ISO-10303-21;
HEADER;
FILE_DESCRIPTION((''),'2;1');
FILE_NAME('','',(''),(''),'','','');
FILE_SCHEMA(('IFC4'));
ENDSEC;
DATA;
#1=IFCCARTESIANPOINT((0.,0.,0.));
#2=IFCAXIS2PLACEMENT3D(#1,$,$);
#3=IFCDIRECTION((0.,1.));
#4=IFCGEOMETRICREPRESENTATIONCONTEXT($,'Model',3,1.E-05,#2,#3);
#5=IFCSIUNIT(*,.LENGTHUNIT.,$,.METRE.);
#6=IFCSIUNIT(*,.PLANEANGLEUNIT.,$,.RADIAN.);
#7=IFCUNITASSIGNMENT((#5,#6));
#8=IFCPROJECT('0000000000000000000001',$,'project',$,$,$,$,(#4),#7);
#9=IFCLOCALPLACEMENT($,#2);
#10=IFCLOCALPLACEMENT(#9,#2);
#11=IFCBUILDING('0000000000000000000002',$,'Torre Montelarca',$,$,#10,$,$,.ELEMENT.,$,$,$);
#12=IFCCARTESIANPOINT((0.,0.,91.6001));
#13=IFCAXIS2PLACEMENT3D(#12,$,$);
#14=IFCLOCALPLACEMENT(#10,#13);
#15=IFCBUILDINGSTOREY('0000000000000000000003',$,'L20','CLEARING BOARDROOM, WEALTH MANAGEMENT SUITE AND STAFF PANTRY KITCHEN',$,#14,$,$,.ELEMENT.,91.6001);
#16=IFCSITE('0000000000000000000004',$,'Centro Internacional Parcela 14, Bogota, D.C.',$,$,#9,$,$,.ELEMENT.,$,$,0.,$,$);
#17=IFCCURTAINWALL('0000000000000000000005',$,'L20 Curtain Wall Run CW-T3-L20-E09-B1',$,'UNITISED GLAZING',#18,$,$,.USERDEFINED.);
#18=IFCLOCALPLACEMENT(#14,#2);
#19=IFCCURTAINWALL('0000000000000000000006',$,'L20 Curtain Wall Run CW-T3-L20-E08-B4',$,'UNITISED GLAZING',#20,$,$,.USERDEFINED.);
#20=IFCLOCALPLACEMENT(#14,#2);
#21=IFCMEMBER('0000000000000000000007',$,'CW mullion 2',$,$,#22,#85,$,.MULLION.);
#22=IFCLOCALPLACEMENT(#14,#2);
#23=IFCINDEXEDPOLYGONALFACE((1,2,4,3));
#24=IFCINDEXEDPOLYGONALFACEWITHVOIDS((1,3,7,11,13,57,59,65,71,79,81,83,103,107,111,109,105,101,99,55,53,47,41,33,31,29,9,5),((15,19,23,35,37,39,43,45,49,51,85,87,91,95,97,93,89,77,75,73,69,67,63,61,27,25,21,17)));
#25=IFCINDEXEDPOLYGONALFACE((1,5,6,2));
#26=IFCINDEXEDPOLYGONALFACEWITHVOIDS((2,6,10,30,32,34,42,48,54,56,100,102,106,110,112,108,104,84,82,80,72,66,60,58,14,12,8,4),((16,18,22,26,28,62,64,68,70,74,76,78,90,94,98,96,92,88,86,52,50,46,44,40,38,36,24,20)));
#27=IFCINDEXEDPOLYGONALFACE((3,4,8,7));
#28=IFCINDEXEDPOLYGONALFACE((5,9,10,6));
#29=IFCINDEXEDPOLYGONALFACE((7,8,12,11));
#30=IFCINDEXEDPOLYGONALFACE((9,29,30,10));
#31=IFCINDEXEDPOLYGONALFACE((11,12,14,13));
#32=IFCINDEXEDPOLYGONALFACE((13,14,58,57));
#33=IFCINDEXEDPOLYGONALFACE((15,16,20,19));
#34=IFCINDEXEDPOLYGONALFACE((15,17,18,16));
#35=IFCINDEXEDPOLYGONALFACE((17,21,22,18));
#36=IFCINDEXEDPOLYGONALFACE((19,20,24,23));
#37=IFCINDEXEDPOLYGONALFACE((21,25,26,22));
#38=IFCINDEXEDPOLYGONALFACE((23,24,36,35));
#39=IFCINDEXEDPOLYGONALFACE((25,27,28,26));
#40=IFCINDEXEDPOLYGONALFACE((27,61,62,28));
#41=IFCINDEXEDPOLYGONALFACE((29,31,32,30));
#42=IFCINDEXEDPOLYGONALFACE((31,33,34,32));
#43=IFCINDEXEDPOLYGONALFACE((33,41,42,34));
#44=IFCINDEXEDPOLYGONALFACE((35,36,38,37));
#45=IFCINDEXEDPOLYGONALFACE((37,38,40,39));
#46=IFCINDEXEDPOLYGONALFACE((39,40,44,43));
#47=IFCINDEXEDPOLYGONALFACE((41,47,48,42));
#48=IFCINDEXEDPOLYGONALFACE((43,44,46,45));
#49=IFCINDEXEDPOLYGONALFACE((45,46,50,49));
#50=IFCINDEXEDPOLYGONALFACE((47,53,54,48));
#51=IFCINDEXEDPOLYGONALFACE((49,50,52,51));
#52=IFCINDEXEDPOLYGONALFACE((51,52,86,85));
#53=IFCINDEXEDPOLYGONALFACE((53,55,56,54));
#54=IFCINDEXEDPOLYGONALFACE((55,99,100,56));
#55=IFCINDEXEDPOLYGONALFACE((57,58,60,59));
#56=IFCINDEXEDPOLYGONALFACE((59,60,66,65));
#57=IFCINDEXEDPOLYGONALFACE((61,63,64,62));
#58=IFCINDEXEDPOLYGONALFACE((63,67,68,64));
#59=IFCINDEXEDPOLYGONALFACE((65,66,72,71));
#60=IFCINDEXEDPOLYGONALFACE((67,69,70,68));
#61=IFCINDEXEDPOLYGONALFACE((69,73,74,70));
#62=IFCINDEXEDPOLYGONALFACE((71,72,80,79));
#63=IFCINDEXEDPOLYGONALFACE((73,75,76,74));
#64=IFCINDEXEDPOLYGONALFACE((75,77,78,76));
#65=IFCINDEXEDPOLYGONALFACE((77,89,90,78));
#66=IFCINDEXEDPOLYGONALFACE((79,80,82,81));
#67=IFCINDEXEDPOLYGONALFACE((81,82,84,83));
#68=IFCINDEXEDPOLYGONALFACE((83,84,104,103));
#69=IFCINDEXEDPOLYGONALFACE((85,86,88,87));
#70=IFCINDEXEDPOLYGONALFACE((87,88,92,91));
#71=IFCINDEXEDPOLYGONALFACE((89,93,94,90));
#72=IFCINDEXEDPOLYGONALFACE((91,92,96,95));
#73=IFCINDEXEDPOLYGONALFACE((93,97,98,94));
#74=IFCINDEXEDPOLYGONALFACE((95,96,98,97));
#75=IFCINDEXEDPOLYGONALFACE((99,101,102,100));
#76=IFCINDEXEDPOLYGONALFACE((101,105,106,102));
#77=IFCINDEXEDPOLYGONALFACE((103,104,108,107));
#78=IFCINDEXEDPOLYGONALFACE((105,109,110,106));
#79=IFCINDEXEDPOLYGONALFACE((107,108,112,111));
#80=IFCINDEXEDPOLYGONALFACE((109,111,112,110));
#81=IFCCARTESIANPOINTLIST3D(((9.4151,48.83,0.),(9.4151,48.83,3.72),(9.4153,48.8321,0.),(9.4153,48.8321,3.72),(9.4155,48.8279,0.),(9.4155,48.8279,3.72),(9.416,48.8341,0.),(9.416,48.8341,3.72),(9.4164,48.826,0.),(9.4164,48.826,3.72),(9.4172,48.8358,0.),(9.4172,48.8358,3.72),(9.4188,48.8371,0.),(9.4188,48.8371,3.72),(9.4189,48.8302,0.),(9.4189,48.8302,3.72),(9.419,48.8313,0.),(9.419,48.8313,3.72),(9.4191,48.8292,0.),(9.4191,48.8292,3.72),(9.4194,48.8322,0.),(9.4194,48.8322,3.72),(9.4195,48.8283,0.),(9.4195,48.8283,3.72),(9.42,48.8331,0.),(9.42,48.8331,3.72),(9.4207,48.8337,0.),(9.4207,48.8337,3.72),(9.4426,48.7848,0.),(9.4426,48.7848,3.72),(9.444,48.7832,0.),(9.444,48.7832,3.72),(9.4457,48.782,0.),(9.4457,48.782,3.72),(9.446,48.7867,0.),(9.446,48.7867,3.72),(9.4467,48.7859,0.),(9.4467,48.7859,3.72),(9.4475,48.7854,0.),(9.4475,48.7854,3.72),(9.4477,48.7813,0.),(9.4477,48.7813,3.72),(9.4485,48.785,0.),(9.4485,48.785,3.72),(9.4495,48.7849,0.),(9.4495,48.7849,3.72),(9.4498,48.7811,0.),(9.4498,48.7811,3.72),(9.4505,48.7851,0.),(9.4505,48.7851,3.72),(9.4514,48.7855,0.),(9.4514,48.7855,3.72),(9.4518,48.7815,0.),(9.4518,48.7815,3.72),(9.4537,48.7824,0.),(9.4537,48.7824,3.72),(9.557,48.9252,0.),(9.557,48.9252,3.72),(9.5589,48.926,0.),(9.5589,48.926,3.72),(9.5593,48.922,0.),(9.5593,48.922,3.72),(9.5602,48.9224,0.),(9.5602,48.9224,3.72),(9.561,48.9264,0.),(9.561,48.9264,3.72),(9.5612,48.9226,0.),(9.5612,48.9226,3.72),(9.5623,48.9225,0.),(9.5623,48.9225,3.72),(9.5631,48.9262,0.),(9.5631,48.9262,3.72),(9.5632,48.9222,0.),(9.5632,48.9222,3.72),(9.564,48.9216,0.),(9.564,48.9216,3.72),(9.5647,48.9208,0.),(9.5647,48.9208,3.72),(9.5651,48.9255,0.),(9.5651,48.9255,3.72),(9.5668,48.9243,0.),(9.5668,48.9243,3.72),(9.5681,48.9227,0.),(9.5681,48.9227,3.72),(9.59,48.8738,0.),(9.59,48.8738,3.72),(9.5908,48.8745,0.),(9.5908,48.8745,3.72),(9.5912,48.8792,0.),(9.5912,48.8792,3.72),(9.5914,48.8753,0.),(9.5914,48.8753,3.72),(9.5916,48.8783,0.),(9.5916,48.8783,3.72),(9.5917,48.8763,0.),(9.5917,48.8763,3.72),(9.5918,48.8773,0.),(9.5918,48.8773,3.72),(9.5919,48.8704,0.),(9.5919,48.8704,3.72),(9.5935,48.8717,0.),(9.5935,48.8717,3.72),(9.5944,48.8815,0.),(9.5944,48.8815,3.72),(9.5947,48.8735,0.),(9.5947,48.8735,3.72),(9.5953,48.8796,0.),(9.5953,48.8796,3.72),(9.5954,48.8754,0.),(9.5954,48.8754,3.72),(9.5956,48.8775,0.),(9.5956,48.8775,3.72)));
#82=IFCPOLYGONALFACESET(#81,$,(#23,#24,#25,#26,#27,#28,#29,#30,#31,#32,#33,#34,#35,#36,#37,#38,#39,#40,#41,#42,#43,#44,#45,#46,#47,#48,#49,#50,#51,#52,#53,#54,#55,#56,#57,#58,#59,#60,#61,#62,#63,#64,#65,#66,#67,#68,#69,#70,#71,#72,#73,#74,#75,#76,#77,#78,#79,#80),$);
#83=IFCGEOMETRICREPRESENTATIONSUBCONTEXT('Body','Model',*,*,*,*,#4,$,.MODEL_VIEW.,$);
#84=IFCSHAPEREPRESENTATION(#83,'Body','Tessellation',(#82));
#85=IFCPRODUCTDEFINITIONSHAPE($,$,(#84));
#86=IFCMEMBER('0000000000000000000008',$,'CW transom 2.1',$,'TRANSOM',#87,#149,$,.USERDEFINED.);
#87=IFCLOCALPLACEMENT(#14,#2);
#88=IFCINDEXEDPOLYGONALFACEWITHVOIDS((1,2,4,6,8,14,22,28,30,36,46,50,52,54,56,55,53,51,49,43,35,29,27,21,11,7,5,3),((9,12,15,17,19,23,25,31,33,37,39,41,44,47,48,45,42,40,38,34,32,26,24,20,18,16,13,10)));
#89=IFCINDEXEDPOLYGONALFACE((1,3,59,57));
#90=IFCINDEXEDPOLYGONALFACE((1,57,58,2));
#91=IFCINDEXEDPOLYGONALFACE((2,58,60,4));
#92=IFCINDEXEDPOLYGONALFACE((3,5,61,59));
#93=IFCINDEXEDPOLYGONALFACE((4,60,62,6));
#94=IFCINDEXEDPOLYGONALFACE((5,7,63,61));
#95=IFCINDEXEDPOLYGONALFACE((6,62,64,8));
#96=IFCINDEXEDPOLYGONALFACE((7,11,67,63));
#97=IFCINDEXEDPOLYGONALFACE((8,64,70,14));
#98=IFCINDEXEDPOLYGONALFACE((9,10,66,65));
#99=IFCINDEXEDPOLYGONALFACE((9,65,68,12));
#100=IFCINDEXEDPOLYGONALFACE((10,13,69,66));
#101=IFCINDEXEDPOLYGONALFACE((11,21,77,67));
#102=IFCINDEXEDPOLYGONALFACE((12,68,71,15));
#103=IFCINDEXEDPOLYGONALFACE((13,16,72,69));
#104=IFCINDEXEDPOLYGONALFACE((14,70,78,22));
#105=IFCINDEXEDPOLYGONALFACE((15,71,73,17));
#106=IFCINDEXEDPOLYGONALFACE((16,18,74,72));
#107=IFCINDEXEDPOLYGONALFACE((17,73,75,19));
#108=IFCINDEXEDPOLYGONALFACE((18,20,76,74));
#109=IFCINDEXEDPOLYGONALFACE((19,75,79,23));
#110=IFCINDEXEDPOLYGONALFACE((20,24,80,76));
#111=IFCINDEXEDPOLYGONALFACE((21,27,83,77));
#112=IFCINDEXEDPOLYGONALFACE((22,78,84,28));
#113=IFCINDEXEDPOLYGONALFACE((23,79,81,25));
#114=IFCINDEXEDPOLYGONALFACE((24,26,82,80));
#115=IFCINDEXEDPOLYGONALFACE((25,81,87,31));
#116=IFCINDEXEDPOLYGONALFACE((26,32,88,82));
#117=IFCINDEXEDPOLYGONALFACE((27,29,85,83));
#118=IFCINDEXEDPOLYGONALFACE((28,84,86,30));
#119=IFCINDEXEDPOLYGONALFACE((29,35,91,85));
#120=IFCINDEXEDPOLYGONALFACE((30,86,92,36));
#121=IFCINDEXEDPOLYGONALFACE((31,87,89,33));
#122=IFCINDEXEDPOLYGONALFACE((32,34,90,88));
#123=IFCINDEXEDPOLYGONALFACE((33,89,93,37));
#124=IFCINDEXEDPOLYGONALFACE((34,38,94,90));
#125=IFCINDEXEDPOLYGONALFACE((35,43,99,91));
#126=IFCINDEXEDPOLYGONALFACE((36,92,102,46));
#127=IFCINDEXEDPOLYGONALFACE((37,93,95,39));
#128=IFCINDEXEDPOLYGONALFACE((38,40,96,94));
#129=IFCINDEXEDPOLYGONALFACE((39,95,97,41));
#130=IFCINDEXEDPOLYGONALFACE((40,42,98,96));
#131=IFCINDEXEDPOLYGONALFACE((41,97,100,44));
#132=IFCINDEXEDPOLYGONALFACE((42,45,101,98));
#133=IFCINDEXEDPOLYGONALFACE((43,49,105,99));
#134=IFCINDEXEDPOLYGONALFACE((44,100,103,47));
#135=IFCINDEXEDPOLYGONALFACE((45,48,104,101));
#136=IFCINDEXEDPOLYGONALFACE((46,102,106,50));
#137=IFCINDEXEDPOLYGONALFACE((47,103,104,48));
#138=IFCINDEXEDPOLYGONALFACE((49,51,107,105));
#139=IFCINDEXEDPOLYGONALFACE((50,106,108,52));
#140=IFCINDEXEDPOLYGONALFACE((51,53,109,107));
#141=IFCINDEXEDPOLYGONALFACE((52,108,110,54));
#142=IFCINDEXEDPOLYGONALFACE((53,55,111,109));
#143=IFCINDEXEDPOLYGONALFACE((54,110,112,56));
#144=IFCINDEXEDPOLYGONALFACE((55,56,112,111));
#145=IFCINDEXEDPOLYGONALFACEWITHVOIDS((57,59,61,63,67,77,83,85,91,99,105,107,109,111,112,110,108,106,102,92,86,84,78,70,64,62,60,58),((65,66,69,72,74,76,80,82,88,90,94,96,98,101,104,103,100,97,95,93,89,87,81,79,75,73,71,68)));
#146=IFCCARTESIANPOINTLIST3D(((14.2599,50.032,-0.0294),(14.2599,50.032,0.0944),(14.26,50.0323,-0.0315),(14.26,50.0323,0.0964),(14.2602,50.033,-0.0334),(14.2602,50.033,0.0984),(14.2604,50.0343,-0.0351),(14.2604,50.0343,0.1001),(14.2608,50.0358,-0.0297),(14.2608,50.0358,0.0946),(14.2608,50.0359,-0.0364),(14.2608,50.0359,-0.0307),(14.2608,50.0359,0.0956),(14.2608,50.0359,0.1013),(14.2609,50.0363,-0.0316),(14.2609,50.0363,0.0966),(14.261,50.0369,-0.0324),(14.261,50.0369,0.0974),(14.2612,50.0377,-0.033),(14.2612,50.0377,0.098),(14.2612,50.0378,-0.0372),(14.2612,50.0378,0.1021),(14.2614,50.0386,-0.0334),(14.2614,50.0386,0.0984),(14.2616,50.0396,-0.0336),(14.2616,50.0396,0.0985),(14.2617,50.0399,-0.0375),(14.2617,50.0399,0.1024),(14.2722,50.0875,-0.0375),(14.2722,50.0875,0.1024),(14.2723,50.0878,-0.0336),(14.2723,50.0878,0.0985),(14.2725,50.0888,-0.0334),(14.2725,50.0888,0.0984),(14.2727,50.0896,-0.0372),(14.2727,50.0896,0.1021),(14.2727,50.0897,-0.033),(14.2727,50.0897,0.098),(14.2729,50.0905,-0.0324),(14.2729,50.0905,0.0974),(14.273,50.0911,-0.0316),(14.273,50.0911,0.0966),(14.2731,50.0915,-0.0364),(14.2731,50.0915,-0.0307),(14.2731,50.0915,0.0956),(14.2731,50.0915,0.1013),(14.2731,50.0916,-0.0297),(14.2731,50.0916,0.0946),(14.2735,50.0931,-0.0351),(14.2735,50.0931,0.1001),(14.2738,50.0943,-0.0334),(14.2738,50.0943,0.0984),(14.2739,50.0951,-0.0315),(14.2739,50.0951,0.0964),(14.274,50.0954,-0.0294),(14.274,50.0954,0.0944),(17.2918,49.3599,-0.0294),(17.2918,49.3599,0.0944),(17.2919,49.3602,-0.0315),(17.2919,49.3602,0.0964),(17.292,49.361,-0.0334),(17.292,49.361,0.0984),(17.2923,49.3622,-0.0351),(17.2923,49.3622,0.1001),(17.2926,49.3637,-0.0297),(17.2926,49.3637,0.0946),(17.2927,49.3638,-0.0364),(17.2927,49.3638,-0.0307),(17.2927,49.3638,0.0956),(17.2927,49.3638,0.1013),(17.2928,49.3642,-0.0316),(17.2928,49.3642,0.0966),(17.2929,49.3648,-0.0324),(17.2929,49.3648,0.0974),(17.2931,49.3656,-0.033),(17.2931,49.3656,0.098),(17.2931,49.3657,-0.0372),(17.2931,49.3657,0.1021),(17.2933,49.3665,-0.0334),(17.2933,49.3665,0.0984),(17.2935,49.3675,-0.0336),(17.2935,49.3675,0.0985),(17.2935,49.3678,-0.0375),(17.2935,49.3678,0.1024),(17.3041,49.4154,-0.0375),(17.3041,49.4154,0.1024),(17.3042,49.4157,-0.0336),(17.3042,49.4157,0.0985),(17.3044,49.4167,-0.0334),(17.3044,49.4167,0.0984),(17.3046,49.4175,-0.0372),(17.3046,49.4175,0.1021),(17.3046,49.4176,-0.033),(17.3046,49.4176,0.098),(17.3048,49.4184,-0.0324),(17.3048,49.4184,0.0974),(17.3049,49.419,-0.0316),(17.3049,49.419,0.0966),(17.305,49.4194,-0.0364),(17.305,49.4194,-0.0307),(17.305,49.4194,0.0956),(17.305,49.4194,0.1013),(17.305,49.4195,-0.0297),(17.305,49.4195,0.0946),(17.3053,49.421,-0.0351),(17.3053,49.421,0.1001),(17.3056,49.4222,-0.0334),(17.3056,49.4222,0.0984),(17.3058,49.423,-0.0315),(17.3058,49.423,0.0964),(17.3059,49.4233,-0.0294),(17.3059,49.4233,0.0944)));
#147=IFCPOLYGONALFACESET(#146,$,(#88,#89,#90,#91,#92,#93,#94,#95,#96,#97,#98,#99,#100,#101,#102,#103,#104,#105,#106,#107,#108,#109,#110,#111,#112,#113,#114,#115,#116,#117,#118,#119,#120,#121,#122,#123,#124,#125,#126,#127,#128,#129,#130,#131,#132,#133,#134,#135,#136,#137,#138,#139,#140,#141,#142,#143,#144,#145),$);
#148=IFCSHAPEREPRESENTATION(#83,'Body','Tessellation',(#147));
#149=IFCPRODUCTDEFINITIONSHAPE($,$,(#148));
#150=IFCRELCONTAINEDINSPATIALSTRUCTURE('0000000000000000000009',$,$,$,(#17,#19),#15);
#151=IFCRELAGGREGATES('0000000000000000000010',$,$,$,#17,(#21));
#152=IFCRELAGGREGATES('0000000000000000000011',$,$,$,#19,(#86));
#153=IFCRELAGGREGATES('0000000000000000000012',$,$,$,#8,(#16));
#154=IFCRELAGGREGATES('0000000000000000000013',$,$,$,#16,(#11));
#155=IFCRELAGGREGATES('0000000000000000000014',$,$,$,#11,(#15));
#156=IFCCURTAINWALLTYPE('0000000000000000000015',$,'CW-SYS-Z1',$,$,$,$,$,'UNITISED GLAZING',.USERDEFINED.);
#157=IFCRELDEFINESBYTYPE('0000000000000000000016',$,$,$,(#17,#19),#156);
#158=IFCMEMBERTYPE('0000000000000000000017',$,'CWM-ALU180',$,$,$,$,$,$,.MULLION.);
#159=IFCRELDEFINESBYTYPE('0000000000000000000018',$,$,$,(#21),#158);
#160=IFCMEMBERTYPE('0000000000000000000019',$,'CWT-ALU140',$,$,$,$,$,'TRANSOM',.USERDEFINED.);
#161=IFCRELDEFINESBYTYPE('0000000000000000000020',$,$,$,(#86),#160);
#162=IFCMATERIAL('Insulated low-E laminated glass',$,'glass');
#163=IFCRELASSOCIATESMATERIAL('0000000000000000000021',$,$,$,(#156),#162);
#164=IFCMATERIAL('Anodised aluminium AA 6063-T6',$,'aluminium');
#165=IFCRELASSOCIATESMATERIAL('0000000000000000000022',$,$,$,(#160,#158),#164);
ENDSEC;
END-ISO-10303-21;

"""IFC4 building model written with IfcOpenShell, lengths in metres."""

from ifc_helpers import new_model, si_unit, direction, frame, origin, origin_2d, place, context, subcontext, project, spatial, hollow_rectangle, extrude, source, transform, mapped, material, material_profile, profile_set, type_object, element, aggregate, save


model = new_model("IFC4")

# Units and contexts
model_context = context("Model", 3, precision=1e-05, world=origin(), true_north=direction((0.0, 1.0)))
body_context = subcontext(model_context, "Body", "Model", "MODEL_VIEW")
ifc_project = project(units=[si_unit("LENGTHUNIT", "METRE"), si_unit("PLANEANGLEUNIT", "RADIAN")], contexts=[model_context])

# Site, building, storey
site_placement = place(None, origin())
site = spatial("IfcSite", under=ifc_project, at=site_placement, Name="Centro Internacional Parcela 14, Bogota, D.C.", CompositionType="ELEMENT", RefElevation=0.0)
building_placement = place(site_placement, origin())
building = spatial("IfcBuilding", under=site, at=building_placement, Name="Torre Montelarca", CompositionType="ELEMENT")
storey_placement = place(building_placement, frame((0.0, 0.0, 91.6001)))
storey = spatial("IfcBuildingStorey", under=building, at=storey_placement, Name="L20", Description="CLEARING BOARDROOM, WEALTH MANAGEMENT SUITE AND STAFF PANTRY KITCHEN", CompositionType="ELEMENT", Elevation=91.6001)

# Curtain walls
ifc_material_1 = material(Name="Insulated low-E laminated glass", Category="glass")
curtain_wall_type = type_object("IfcCurtainWallType", Name="CW-SYS-Z1", ElementType="UNITISED GLAZING", PredefinedType="USERDEFINED", material=ifc_material_1)
curtain_wall_1_placement = place(storey_placement, origin())
curtain_wall_1 = element("IfcCurtainWall", 1, at=curtain_wall_1_placement, inside=storey, type_object=curtain_wall_type, Name="L20 Curtain Wall Run CW-T3-L20-E09-B1", ObjectType="UNITISED GLAZING", PredefinedType="USERDEFINED")
ifc_material_2 = material(Name="Anodised aluminium AA 6063-T6", Category="aluminium")
ifc_material_profile_1 = material_profile(ifc_material_2, hollow_rectangle(XDim=0.0649, YDim=0.1399, WallThickness=0.0039, InnerFilletRadius=0.0039, OuterFilletRadius=0.0081, at=origin_2d()), Name="ALU65X140X4", Category="aluminium")
ifc_profile_set_1 = profile_set([ifc_material_profile_1], Name="Anodised aluminium AA 6063-T6")
member_type_1 = type_object("IfcMemberType", Name="CWT-ALU140", ElementType="TRANSOM", PredefinedType="USERDEFINED", material=ifc_profile_set_1)
curtain_wall_2_placement = place(storey_placement, origin())
curtain_wall_2 = element("IfcCurtainWall", 2, at=curtain_wall_2_placement, inside=storey, type_object=curtain_wall_type, Name="L20 Curtain Wall Run CW-T3-L20-E08-B4", ObjectType="UNITISED GLAZING", PredefinedType="USERDEFINED")
ifc_material_profile_2 = material_profile(ifc_material_2, hollow_rectangle(XDim=0.0649, YDim=0.1799, WallThickness=0.0039, InnerFilletRadius=0.0039, OuterFilletRadius=0.0081, at=origin_2d()), Name="ALU65X180X4", Category="aluminium")
ifc_profile_set_2 = profile_set([ifc_material_profile_2], Name="Anodised aluminium AA 6063-T6")
member_type_2 = type_object("IfcMemberType", Name="CWM-ALU180", PredefinedType="MULLION", material=ifc_profile_set_2)
shared_shape_1 = source(origin(), body_context, "Body", "SweptSolid", [
    extrude(hollow_rectangle(XDim=0.0649, YDim=0.1799, WallThickness=0.0039, InnerFilletRadius=0.0039, OuterFilletRadius=0.0081, at=origin_2d()), origin(), (0.0, 0.0, 1.0), 3.72),
])

# Members
member_1_placement = place(storey_placement, frame((9.5054, 48.8538, 0.0), z_axis=(0.0, 0.0, 1.0), x_axis=(0.537316, -0.843381, 0.0)))
member_1 = element("IfcMember", 3, at=member_1_placement, type_object=member_type_2, Name="CW mullion 2", PredefinedType="MULLION", context=body_context, shape_type="MappedRepresentation", body=[
    mapped(shared_shape_1, transform((0.0, 0.0, 0.0), scale=1.0)),
])
shared_shape_2 = source(origin(), body_context, "Body", "SweptSolid", [
    extrude(hollow_rectangle(XDim=0.0649, YDim=0.1399, WallThickness=0.0039, InnerFilletRadius=0.0039, OuterFilletRadius=0.0081, at=origin_2d()), origin(), (0.0, 0.0, 1.0), 3.1055),
])
member_2_placement = place(storey_placement, frame((17.2988, 49.3916, 0.0325), z_axis=(-0.9763, 0.216423, 0.0), x_axis=(-0.216423, -0.9763, 0.0)))
member_2 = element("IfcMember", 4, at=member_2_placement, type_object=member_type_1, Name="CW transom 2.1", ObjectType="TRANSOM", PredefinedType="USERDEFINED", context=body_context, shape_type="MappedRepresentation", body=[
    mapped(shared_shape_2, transform((0.0, 0.0, 0.0), scale=1.0)),
])

aggregate(curtain_wall_1, [member_1])
aggregate(curtain_wall_2, [member_2])

save(model, "model.ifc")
